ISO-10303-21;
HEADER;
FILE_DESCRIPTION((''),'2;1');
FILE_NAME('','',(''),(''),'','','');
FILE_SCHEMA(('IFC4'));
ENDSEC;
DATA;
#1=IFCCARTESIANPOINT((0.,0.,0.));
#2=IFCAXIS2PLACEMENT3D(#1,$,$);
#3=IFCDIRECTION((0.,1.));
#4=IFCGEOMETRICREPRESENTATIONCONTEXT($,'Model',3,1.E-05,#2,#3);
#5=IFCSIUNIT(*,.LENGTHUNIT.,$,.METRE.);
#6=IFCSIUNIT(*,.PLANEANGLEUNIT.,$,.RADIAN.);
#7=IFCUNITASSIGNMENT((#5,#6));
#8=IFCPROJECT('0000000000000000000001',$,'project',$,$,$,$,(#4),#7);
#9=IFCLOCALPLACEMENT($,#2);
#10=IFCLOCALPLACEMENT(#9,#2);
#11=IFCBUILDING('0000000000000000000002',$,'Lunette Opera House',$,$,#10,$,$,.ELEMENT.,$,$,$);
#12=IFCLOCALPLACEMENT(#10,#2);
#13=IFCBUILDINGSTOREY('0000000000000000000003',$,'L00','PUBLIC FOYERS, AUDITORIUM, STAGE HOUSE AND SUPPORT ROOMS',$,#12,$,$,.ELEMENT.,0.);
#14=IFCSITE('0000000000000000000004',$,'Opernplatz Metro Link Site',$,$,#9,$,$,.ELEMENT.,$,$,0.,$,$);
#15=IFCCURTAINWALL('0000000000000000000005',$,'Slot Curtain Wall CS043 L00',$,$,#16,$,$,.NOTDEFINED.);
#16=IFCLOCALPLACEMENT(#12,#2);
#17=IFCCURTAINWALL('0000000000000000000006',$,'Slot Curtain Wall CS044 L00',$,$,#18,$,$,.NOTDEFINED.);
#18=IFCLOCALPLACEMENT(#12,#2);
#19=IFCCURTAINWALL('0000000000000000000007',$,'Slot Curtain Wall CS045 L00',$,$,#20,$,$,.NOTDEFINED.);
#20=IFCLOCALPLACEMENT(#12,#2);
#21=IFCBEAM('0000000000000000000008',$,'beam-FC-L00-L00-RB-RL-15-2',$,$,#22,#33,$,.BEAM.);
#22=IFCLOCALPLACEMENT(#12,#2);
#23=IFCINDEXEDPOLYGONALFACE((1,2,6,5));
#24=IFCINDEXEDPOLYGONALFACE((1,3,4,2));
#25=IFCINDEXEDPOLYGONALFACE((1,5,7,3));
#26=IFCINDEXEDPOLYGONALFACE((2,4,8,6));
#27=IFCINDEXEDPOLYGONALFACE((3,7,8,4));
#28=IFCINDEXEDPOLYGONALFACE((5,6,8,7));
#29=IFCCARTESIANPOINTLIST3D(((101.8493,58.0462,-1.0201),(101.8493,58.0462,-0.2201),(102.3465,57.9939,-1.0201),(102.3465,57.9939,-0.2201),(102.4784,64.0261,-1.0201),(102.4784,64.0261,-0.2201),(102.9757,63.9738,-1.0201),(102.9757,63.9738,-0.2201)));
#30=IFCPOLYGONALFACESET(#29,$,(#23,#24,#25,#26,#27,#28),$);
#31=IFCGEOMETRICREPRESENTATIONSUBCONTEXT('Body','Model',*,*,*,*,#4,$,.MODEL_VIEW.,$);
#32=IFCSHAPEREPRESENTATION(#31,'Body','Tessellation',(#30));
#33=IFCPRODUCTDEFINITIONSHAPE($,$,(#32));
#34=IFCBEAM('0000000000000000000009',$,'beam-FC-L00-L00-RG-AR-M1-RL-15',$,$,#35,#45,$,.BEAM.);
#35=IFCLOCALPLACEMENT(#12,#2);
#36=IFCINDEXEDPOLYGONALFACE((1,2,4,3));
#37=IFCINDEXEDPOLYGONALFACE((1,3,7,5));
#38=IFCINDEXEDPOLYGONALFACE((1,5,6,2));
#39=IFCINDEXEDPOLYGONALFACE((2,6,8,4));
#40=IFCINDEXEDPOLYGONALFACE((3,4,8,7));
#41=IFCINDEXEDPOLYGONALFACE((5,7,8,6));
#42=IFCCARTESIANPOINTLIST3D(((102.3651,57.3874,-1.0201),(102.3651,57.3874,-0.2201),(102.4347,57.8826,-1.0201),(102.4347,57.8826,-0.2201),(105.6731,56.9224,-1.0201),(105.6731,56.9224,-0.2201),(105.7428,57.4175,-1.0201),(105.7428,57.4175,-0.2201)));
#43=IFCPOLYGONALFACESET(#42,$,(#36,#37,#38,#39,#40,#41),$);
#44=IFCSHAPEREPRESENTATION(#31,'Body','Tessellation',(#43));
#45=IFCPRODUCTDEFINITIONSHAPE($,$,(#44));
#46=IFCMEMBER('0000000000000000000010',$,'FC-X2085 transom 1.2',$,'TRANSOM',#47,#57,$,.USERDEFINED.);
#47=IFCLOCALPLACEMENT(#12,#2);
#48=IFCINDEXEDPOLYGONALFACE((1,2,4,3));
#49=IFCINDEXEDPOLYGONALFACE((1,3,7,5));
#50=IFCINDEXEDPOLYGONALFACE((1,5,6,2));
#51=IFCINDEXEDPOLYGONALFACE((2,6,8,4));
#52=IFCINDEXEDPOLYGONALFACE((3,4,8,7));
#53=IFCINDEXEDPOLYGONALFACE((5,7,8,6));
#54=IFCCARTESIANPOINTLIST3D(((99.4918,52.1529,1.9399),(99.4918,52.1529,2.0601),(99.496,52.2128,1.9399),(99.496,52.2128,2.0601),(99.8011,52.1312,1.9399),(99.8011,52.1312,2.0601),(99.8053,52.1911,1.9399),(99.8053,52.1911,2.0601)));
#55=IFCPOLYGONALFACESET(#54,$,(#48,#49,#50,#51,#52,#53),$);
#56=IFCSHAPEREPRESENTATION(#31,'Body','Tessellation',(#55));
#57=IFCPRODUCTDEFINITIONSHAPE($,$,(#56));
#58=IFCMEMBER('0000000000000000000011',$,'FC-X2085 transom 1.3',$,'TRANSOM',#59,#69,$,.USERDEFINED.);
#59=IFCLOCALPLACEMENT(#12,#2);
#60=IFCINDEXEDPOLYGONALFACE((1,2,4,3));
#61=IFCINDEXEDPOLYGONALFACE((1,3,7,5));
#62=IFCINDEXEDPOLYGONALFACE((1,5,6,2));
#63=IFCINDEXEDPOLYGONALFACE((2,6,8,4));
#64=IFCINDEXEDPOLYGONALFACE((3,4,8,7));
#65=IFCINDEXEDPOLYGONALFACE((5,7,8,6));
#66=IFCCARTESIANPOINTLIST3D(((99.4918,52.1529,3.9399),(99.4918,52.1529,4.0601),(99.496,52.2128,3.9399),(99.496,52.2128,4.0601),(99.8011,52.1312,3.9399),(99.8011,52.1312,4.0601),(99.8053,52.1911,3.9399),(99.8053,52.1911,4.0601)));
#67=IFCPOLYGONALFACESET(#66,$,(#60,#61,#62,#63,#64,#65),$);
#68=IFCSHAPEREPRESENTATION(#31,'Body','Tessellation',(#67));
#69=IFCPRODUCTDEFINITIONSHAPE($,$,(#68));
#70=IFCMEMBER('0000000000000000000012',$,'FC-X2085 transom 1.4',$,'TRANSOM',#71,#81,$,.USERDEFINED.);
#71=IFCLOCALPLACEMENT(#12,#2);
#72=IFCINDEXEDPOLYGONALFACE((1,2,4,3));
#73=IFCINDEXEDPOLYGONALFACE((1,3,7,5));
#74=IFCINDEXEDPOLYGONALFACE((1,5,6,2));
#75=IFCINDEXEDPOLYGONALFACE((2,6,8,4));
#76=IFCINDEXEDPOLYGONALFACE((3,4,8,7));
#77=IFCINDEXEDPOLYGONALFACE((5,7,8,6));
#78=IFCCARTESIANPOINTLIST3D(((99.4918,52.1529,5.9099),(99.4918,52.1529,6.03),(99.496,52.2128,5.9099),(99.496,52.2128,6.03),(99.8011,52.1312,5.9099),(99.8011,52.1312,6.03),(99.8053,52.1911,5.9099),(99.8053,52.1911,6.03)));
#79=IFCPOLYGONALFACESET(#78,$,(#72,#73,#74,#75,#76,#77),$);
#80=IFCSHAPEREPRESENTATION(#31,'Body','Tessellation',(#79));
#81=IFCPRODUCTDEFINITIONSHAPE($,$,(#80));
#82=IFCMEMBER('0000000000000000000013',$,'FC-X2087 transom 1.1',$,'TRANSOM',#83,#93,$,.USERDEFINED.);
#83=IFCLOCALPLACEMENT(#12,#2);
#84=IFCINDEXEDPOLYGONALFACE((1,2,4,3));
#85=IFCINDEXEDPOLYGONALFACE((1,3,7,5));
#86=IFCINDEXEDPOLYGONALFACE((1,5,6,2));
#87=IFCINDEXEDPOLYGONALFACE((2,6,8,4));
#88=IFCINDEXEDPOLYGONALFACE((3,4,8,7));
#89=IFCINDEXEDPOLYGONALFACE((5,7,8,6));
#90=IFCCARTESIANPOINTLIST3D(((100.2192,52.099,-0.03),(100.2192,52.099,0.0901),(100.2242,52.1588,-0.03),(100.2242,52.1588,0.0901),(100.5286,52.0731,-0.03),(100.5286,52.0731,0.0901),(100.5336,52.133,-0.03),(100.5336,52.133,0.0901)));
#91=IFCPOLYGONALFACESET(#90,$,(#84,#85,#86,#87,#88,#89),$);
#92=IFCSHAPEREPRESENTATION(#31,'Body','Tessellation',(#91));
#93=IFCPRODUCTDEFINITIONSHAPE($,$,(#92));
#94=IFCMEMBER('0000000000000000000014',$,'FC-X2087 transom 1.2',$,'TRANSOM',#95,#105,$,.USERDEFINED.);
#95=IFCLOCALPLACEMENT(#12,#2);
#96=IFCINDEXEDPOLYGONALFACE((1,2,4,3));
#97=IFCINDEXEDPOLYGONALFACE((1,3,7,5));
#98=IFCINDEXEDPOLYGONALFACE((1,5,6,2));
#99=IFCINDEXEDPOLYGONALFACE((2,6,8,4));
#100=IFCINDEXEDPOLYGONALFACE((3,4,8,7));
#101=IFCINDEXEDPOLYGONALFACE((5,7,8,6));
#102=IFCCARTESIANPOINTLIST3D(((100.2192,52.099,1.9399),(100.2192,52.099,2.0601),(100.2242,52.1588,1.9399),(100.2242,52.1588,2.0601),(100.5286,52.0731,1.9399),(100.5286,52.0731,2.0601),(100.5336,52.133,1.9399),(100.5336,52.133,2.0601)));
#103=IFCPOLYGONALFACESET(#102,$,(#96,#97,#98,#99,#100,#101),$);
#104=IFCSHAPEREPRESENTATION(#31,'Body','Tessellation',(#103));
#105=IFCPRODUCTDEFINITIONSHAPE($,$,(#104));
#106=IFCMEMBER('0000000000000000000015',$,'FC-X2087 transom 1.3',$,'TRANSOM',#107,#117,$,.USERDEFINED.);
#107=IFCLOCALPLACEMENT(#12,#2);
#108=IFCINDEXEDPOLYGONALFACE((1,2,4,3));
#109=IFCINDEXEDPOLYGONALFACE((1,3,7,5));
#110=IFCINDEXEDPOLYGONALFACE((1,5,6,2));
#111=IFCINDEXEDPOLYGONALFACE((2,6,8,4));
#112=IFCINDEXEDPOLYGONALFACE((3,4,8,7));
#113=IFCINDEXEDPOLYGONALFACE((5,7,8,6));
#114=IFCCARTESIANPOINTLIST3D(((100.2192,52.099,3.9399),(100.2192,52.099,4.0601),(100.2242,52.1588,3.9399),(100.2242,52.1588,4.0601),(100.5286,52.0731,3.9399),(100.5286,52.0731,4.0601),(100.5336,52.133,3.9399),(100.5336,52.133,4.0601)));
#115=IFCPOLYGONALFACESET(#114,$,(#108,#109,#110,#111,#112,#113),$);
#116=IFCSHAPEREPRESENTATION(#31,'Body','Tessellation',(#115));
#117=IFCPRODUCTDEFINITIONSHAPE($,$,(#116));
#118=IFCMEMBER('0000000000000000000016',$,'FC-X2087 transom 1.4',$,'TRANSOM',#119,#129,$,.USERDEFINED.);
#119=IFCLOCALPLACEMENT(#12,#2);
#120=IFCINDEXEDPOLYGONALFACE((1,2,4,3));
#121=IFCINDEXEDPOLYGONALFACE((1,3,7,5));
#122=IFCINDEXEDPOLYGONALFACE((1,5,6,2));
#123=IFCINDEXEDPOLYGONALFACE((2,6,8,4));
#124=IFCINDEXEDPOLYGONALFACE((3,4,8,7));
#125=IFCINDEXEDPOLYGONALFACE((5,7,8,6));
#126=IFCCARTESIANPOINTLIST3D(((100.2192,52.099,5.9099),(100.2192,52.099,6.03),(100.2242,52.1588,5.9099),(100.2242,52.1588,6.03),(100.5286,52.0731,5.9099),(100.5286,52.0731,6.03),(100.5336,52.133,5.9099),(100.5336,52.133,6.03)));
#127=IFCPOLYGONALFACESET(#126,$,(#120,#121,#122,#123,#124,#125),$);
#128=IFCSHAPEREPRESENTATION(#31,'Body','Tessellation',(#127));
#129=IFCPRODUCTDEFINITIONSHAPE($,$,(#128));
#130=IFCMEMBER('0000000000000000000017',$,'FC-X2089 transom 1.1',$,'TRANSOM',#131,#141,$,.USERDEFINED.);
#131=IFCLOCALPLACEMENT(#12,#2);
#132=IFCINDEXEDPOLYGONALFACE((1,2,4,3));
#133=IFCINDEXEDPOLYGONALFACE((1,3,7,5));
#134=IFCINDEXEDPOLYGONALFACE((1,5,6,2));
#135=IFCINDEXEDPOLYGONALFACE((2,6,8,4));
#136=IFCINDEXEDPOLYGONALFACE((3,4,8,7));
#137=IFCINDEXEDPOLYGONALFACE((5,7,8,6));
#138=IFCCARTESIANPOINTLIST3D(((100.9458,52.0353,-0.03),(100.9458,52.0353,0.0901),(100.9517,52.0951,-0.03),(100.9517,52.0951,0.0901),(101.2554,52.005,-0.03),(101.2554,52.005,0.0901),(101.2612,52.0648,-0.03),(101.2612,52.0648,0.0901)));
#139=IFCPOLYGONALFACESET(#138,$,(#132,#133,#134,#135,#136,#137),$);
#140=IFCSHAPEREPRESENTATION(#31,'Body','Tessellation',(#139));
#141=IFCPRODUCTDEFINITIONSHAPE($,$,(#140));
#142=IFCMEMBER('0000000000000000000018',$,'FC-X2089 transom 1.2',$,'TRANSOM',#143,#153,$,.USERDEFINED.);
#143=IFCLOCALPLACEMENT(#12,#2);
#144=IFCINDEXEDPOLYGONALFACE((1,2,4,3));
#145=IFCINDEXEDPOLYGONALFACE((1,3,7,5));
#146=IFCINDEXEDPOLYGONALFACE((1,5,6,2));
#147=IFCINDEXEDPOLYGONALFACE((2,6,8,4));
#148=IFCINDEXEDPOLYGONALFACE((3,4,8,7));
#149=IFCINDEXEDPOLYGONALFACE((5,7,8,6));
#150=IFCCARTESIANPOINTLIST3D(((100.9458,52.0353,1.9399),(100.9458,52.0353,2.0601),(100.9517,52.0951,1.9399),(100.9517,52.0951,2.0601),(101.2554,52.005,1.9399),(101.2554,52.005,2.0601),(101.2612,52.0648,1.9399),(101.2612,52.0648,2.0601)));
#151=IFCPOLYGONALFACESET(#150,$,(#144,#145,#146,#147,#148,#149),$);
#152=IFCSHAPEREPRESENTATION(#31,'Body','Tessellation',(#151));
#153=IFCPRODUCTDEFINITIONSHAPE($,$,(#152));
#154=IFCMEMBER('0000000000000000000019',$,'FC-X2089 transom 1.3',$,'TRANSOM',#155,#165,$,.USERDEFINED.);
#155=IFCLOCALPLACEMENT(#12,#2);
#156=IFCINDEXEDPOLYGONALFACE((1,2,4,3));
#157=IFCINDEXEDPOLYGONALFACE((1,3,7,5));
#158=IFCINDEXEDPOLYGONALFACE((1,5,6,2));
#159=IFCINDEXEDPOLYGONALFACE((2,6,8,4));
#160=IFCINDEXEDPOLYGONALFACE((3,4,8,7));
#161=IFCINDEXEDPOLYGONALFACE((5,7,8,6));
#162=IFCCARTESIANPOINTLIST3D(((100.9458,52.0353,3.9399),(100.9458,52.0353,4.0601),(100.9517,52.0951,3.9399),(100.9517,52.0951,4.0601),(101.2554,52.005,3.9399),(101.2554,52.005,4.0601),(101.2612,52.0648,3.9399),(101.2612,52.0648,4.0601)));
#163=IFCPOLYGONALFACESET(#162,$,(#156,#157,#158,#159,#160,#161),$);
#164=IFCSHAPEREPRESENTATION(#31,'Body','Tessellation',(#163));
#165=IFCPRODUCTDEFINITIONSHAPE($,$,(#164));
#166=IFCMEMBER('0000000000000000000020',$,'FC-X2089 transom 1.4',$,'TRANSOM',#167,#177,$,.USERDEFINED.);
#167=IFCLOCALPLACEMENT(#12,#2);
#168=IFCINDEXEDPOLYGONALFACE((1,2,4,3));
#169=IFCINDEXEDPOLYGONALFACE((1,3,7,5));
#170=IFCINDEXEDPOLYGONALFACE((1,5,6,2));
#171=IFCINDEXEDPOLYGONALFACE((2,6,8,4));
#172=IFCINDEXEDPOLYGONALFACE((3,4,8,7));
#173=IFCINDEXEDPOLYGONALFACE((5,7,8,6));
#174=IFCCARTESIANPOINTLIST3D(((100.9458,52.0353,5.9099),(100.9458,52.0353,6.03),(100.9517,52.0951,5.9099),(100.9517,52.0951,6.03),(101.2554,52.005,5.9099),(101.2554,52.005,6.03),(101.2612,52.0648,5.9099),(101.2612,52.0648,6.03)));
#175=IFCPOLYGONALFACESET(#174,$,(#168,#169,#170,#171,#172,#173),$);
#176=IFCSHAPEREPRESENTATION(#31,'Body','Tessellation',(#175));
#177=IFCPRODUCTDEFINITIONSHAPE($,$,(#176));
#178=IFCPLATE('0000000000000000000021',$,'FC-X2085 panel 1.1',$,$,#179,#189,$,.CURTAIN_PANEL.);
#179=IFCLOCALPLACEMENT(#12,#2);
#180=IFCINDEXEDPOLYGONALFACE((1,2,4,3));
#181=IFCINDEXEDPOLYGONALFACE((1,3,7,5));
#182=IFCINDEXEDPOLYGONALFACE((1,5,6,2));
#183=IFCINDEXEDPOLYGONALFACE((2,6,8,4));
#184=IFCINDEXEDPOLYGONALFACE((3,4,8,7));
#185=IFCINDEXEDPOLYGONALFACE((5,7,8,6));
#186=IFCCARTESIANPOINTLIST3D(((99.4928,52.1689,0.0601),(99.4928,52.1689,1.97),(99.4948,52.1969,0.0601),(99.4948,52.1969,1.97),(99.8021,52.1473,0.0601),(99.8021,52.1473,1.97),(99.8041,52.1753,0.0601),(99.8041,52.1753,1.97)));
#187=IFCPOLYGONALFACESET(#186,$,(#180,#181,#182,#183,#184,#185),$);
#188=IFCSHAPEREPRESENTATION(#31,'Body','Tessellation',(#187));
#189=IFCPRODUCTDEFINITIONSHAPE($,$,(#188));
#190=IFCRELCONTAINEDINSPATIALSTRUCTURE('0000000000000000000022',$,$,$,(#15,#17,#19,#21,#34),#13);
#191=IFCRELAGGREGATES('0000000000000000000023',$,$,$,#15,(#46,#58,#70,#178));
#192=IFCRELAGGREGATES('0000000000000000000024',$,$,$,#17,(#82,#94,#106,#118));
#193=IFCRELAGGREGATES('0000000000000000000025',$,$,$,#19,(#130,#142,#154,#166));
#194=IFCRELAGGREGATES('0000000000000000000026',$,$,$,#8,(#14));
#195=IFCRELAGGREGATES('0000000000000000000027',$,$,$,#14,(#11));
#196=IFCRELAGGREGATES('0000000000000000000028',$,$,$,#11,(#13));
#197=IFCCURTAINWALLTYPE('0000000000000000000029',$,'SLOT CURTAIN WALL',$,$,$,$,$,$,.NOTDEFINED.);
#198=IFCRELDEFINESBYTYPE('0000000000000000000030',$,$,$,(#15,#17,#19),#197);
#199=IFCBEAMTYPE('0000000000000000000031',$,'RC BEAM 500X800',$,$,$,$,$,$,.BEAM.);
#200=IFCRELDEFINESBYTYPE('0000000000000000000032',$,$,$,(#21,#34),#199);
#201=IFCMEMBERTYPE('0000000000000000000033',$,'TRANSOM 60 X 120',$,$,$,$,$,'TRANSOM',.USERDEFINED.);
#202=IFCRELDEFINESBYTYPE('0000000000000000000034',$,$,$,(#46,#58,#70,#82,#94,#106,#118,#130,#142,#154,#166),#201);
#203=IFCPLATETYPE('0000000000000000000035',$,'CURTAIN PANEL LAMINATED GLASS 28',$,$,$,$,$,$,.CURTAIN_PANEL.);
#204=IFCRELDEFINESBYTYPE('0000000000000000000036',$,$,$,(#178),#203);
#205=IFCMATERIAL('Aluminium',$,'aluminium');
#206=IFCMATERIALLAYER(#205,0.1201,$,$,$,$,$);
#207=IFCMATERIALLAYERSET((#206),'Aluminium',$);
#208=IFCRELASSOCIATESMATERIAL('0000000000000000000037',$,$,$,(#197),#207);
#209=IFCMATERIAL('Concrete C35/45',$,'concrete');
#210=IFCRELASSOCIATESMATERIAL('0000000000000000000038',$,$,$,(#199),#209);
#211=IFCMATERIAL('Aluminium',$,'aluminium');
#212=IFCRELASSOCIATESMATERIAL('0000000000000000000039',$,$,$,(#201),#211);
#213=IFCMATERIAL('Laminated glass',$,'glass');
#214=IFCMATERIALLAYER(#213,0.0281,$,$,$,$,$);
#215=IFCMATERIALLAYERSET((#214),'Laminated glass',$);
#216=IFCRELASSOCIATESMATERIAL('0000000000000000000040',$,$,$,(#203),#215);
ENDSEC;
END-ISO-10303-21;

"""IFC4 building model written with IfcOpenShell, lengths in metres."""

from ifc_helpers import new_model, si_unit, direction, frame, origin, origin_2d, place, context, subcontext, project, spatial, rectangle, extrude, material, layer, layer_set, material_profile, profile_set, type_object, element, aggregate, save


model = new_model("IFC4")

# Units and contexts
model_context = context("Model", 3, precision=1e-05, world=origin(), true_north=direction((0.0, 1.0)))
body_context = subcontext(model_context, "Body", "Model", "MODEL_VIEW")
ifc_project = project(units=[si_unit("LENGTHUNIT", "METRE"), si_unit("PLANEANGLEUNIT", "RADIAN")], contexts=[model_context])

# Site, building, storey
site_placement = place(None, origin())
site = spatial("IfcSite", under=ifc_project, at=site_placement, Name="Opernplatz Metro Link Site", CompositionType="ELEMENT", RefElevation=0.0)
building_placement = place(site_placement, origin())
building = spatial("IfcBuilding", under=site, at=building_placement, Name="Lunette Opera House", CompositionType="ELEMENT")
storey_placement = place(building_placement, origin())
storey = spatial("IfcBuildingStorey", under=building, at=storey_placement, Name="L00", Description="PUBLIC FOYERS, AUDITORIUM, STAGE HOUSE AND SUPPORT ROOMS", CompositionType="ELEMENT", Elevation=0.0)

# Curtain wall
ifc_material_1 = material(Name="Aluminium", Category="aluminium")
ifc_layer_1 = layer(ifc_material_1, 0.1201)
ifc_layer_set_1 = layer_set([ifc_layer_1], Name="Aluminium")
curtain_wall_type = type_object("IfcCurtainWallType", Name="SLOT CURTAIN WALL", PredefinedType="NOTDEFINED", material=ifc_layer_set_1)
curtain_wall_1_placement = place(storey_placement, origin())
curtain_wall_1 = element("IfcCurtainWall", 1, at=curtain_wall_1_placement, inside=storey, type_object=curtain_wall_type, Name="Slot Curtain Wall CS043 L00", PredefinedType="NOTDEFINED")

# Curtain walls
curtain_wall_2_placement = place(storey_placement, origin())
curtain_wall_2 = element("IfcCurtainWall", 2, at=curtain_wall_2_placement, inside=storey, type_object=curtain_wall_type, Name="Slot Curtain Wall CS044 L00", PredefinedType="NOTDEFINED")
curtain_wall_3_placement = place(storey_placement, origin())
curtain_wall_3 = element("IfcCurtainWall", 3, at=curtain_wall_3_placement, inside=storey, type_object=curtain_wall_type, Name="Slot Curtain Wall CS045 L00", PredefinedType="NOTDEFINED")

# Beams
ifc_material_2 = material(Name="Concrete C35/45", Category="concrete")
ifc_material_profile_1 = material_profile(ifc_material_2, rectangle(XDim=0.5, YDim=0.8, at=origin_2d()), Name="RC BEAM 500X800")
ifc_profile_set_1 = profile_set([ifc_material_profile_1], Name="Concrete C35/45")
beam_type = type_object("IfcBeamType", Name="RC BEAM 500X800", PredefinedType="BEAM", material=ifc_profile_set_1)
beam_1_placement = place(storey_placement, frame((102.0979, 58.02, -0.6201), z_axis=(0.104632, 0.994511, 0.0), x_axis=(-0.994511, 0.104632, 0.0)))
element("IfcBeam", 4, at=beam_1_placement, inside=storey, type_object=beam_type, Name="beam-FC-L00-L00-RB-RL-15-2", PredefinedType="BEAM", context=body_context, shape_type="SweptSolid", body=[
    extrude(rectangle(XDim=0.5, YDim=0.8, at=origin_2d()), origin(), (0.0, 0.0, 1.0), 6.0129),
])
beam_2_placement = place(storey_placement, frame((102.3999, 57.635, -0.6201), z_axis=(0.990261, -0.139221, 0.0), x_axis=(0.139221, 0.990261, 0.0)))
element("IfcBeam", 5, at=beam_2_placement, inside=storey, type_object=beam_type, Name="beam-FC-L00-L00-RG-AR-M1-RL-15", PredefinedType="BEAM", context=body_context, shape_type="SweptSolid", body=[
    extrude(rectangle(XDim=0.5, YDim=0.8, at=origin_2d()), origin(), (0.0, 0.0, 1.0), 3.3406),
])

# Members
ifc_material_3 = material(Name="Aluminium", Category="aluminium")
ifc_material_profile_2 = material_profile(ifc_material_3, rectangle(XDim=0.0601, YDim=0.1201, at=origin_2d()), Name="TRANSOM 60 X 120")
ifc_profile_set_2 = profile_set([ifc_material_profile_2], Name="Aluminium")
member_type_1 = type_object("IfcMemberType", Name="TRANSOM 60 X 120", ElementType="TRANSOM", PredefinedType="USERDEFINED", material=ifc_profile_set_2)
member_1_placement = place(storey_placement, frame((99.4939, 52.1829, 2.0), z_axis=(0.997542, -0.070072, 0.0), x_axis=(0.070072, 0.997542, 0.0)))
member_1 = element("IfcMember", 6, at=member_1_placement, type_object=member_type_1, Name="FC-X2085 transom 1.2", ObjectType="TRANSOM", PredefinedType="USERDEFINED", context=body_context, shape_type="SweptSolid", body=[
    extrude(rectangle(XDim=0.0601, YDim=0.1201, at=origin_2d()), origin(), (0.0, 0.0, 1.0), 0.3101),
])
member_2_placement = place(storey_placement, frame((99.4939, 52.1829, 4.0), z_axis=(0.997542, -0.070072, 0.0), x_axis=(0.070072, 0.997542, 0.0)))
member_2 = element("IfcMember", 7, at=member_2_placement, type_object=member_type_1, Name="FC-X2085 transom 1.3", ObjectType="TRANSOM", PredefinedType="USERDEFINED", context=body_context, shape_type="SweptSolid", body=[
    extrude(rectangle(XDim=0.0601, YDim=0.1201, at=origin_2d()), origin(), (0.0, 0.0, 1.0), 0.3101),
])
member_3_placement = place(storey_placement, frame((99.4939, 52.1829, 5.97), z_axis=(0.997542, -0.070072, 0.0), x_axis=(0.070072, 0.997542, 0.0)))
member_3 = element("IfcMember", 8, at=member_3_placement, type_object=member_type_1, Name="FC-X2085 transom 1.4", ObjectType="TRANSOM", PredefinedType="USERDEFINED", context=body_context, shape_type="SweptSolid", body=[
    extrude(rectangle(XDim=0.0601, YDim=0.1201, at=origin_2d()), origin(), (0.0, 0.0, 1.0), 0.3101),
])
member_4_placement = place(storey_placement, frame((100.2217, 52.1289, 0.03), z_axis=(0.996524, -0.083306, 0.0), x_axis=(0.083306, 0.996524, 0.0)))
member_4 = element("IfcMember", 9, at=member_4_placement, type_object=member_type_1, Name="FC-X2087 transom 1.1", ObjectType="TRANSOM", PredefinedType="USERDEFINED", context=body_context, shape_type="SweptSolid", body=[
    extrude(rectangle(XDim=0.0601, YDim=0.1201, at=origin_2d()), origin(), (0.0, 0.0, 1.0), 0.3105),
])
member_5_placement = place(storey_placement, frame((100.2217, 52.1289, 2.0), z_axis=(0.996524, -0.083306, 0.0), x_axis=(0.083306, 0.996524, 0.0)))
member_5 = element("IfcMember", 10, at=member_5_placement, type_object=member_type_1, Name="FC-X2087 transom 1.2", ObjectType="TRANSOM", PredefinedType="USERDEFINED", context=body_context, shape_type="SweptSolid", body=[
    extrude(rectangle(XDim=0.0601, YDim=0.1201, at=origin_2d()), origin(), (0.0, 0.0, 1.0), 0.3105),
])
member_6_placement = place(storey_placement, frame((100.2217, 52.1289, 4.0), z_axis=(0.996524, -0.083306, 0.0), x_axis=(0.083306, 0.996524, 0.0)))
member_6 = element("IfcMember", 11, at=member_6_placement, type_object=member_type_1, Name="FC-X2087 transom 1.3", ObjectType="TRANSOM", PredefinedType="USERDEFINED", context=body_context, shape_type="SweptSolid", body=[
    extrude(rectangle(XDim=0.0601, YDim=0.1201, at=origin_2d()), origin(), (0.0, 0.0, 1.0), 0.3105),
])
member_7_placement = place(storey_placement, frame((100.2217, 52.1289, 5.97), z_axis=(0.996524, -0.083306, 0.0), x_axis=(0.083306, 0.996524, 0.0)))
member_7 = element("IfcMember", 12, at=member_7_placement, type_object=member_type_1, Name="FC-X2087 transom 1.4", ObjectType="TRANSOM", PredefinedType="USERDEFINED", context=body_context, shape_type="SweptSolid", body=[
    extrude(rectangle(XDim=0.0601, YDim=0.1201, at=origin_2d()), origin(), (0.0, 0.0, 1.0), 0.3105),
])
member_8_placement = place(storey_placement, frame((100.9487, 52.0652, 0.03), z_axis=(0.995252, -0.097328, 0.0), x_axis=(0.097328, 0.995252, 0.0)))
member_8 = element("IfcMember", 13, at=member_8_placement, type_object=member_type_1, Name="FC-X2089 transom 1.1", ObjectType="TRANSOM", PredefinedType="USERDEFINED", context=body_context, shape_type="SweptSolid", body=[
    extrude(rectangle(XDim=0.0601, YDim=0.1201, at=origin_2d()), origin(), (0.0, 0.0, 1.0), 0.311),
])
member_9_placement = place(storey_placement, frame((100.9487, 52.0652, 2.0), z_axis=(0.995252, -0.097328, 0.0), x_axis=(0.097328, 0.995252, 0.0)))
member_9 = element("IfcMember", 14, at=member_9_placement, type_object=member_type_1, Name="FC-X2089 transom 1.2", ObjectType="TRANSOM", PredefinedType="USERDEFINED", context=body_context, shape_type="SweptSolid", body=[
    extrude(rectangle(XDim=0.0601, YDim=0.1201, at=origin_2d()), origin(), (0.0, 0.0, 1.0), 0.311),
])
member_10_placement = place(storey_placement, frame((100.9487, 52.0652, 4.0), z_axis=(0.995252, -0.097328, 0.0), x_axis=(0.097328, 0.995252, 0.0)))
member_10 = element("IfcMember", 15, at=member_10_placement, type_object=member_type_1, Name="FC-X2089 transom 1.3", ObjectType="TRANSOM", PredefinedType="USERDEFINED", context=body_context, shape_type="SweptSolid", body=[
    extrude(rectangle(XDim=0.0601, YDim=0.1201, at=origin_2d()), origin(), (0.0, 0.0, 1.0), 0.311),
])
member_11_placement = place(storey_placement, frame((100.9487, 52.0652, 5.97), z_axis=(0.995252, -0.097328, 0.0), x_axis=(0.097328, 0.995252, 0.0)))
member_11 = element("IfcMember", 16, at=member_11_placement, type_object=member_type_1, Name="FC-X2089 transom 1.4", ObjectType="TRANSOM", PredefinedType="USERDEFINED", context=body_context, shape_type="SweptSolid", body=[
    extrude(rectangle(XDim=0.0601, YDim=0.1201, at=origin_2d()), origin(), (0.0, 0.0, 1.0), 0.311),
])

# Plate
ifc_material_4 = material(Name="Laminated glass", Category="glass")
ifc_layer_2 = layer(ifc_material_4, 0.0281)
ifc_layer_set_2 = layer_set([ifc_layer_2], Name="Laminated glass")
plate_type = type_object("IfcPlateType", Name="CURTAIN PANEL LAMINATED GLASS 28", PredefinedType="CURTAIN_PANEL", material=ifc_layer_set_2)
plate_1_placement = place(storey_placement, frame((99.6484, 52.1721, 0.0601), z_axis=(0.0, 0.0, 1.0), x_axis=(0.997564, -0.06976, 0.0)))
plate_1 = element("IfcPlate", 17, at=plate_1_placement, type_object=plate_type, Name="FC-X2085 panel 1.1", PredefinedType="CURTAIN_PANEL", context=body_context, shape_type="SweptSolid", body=[
    extrude(rectangle(XDim=0.3101, YDim=0.0281, at=origin_2d()), origin(), (0.0, 0.0, 1.0), 1.9099),
])
aggregate(curtain_wall_1, [member_1, member_2, member_3, plate_1])
aggregate(curtain_wall_2, [member_4, member_5, member_6, member_7])
aggregate(curtain_wall_3, [member_8, member_9, member_10, member_11])

save(model, "model.ifc")
